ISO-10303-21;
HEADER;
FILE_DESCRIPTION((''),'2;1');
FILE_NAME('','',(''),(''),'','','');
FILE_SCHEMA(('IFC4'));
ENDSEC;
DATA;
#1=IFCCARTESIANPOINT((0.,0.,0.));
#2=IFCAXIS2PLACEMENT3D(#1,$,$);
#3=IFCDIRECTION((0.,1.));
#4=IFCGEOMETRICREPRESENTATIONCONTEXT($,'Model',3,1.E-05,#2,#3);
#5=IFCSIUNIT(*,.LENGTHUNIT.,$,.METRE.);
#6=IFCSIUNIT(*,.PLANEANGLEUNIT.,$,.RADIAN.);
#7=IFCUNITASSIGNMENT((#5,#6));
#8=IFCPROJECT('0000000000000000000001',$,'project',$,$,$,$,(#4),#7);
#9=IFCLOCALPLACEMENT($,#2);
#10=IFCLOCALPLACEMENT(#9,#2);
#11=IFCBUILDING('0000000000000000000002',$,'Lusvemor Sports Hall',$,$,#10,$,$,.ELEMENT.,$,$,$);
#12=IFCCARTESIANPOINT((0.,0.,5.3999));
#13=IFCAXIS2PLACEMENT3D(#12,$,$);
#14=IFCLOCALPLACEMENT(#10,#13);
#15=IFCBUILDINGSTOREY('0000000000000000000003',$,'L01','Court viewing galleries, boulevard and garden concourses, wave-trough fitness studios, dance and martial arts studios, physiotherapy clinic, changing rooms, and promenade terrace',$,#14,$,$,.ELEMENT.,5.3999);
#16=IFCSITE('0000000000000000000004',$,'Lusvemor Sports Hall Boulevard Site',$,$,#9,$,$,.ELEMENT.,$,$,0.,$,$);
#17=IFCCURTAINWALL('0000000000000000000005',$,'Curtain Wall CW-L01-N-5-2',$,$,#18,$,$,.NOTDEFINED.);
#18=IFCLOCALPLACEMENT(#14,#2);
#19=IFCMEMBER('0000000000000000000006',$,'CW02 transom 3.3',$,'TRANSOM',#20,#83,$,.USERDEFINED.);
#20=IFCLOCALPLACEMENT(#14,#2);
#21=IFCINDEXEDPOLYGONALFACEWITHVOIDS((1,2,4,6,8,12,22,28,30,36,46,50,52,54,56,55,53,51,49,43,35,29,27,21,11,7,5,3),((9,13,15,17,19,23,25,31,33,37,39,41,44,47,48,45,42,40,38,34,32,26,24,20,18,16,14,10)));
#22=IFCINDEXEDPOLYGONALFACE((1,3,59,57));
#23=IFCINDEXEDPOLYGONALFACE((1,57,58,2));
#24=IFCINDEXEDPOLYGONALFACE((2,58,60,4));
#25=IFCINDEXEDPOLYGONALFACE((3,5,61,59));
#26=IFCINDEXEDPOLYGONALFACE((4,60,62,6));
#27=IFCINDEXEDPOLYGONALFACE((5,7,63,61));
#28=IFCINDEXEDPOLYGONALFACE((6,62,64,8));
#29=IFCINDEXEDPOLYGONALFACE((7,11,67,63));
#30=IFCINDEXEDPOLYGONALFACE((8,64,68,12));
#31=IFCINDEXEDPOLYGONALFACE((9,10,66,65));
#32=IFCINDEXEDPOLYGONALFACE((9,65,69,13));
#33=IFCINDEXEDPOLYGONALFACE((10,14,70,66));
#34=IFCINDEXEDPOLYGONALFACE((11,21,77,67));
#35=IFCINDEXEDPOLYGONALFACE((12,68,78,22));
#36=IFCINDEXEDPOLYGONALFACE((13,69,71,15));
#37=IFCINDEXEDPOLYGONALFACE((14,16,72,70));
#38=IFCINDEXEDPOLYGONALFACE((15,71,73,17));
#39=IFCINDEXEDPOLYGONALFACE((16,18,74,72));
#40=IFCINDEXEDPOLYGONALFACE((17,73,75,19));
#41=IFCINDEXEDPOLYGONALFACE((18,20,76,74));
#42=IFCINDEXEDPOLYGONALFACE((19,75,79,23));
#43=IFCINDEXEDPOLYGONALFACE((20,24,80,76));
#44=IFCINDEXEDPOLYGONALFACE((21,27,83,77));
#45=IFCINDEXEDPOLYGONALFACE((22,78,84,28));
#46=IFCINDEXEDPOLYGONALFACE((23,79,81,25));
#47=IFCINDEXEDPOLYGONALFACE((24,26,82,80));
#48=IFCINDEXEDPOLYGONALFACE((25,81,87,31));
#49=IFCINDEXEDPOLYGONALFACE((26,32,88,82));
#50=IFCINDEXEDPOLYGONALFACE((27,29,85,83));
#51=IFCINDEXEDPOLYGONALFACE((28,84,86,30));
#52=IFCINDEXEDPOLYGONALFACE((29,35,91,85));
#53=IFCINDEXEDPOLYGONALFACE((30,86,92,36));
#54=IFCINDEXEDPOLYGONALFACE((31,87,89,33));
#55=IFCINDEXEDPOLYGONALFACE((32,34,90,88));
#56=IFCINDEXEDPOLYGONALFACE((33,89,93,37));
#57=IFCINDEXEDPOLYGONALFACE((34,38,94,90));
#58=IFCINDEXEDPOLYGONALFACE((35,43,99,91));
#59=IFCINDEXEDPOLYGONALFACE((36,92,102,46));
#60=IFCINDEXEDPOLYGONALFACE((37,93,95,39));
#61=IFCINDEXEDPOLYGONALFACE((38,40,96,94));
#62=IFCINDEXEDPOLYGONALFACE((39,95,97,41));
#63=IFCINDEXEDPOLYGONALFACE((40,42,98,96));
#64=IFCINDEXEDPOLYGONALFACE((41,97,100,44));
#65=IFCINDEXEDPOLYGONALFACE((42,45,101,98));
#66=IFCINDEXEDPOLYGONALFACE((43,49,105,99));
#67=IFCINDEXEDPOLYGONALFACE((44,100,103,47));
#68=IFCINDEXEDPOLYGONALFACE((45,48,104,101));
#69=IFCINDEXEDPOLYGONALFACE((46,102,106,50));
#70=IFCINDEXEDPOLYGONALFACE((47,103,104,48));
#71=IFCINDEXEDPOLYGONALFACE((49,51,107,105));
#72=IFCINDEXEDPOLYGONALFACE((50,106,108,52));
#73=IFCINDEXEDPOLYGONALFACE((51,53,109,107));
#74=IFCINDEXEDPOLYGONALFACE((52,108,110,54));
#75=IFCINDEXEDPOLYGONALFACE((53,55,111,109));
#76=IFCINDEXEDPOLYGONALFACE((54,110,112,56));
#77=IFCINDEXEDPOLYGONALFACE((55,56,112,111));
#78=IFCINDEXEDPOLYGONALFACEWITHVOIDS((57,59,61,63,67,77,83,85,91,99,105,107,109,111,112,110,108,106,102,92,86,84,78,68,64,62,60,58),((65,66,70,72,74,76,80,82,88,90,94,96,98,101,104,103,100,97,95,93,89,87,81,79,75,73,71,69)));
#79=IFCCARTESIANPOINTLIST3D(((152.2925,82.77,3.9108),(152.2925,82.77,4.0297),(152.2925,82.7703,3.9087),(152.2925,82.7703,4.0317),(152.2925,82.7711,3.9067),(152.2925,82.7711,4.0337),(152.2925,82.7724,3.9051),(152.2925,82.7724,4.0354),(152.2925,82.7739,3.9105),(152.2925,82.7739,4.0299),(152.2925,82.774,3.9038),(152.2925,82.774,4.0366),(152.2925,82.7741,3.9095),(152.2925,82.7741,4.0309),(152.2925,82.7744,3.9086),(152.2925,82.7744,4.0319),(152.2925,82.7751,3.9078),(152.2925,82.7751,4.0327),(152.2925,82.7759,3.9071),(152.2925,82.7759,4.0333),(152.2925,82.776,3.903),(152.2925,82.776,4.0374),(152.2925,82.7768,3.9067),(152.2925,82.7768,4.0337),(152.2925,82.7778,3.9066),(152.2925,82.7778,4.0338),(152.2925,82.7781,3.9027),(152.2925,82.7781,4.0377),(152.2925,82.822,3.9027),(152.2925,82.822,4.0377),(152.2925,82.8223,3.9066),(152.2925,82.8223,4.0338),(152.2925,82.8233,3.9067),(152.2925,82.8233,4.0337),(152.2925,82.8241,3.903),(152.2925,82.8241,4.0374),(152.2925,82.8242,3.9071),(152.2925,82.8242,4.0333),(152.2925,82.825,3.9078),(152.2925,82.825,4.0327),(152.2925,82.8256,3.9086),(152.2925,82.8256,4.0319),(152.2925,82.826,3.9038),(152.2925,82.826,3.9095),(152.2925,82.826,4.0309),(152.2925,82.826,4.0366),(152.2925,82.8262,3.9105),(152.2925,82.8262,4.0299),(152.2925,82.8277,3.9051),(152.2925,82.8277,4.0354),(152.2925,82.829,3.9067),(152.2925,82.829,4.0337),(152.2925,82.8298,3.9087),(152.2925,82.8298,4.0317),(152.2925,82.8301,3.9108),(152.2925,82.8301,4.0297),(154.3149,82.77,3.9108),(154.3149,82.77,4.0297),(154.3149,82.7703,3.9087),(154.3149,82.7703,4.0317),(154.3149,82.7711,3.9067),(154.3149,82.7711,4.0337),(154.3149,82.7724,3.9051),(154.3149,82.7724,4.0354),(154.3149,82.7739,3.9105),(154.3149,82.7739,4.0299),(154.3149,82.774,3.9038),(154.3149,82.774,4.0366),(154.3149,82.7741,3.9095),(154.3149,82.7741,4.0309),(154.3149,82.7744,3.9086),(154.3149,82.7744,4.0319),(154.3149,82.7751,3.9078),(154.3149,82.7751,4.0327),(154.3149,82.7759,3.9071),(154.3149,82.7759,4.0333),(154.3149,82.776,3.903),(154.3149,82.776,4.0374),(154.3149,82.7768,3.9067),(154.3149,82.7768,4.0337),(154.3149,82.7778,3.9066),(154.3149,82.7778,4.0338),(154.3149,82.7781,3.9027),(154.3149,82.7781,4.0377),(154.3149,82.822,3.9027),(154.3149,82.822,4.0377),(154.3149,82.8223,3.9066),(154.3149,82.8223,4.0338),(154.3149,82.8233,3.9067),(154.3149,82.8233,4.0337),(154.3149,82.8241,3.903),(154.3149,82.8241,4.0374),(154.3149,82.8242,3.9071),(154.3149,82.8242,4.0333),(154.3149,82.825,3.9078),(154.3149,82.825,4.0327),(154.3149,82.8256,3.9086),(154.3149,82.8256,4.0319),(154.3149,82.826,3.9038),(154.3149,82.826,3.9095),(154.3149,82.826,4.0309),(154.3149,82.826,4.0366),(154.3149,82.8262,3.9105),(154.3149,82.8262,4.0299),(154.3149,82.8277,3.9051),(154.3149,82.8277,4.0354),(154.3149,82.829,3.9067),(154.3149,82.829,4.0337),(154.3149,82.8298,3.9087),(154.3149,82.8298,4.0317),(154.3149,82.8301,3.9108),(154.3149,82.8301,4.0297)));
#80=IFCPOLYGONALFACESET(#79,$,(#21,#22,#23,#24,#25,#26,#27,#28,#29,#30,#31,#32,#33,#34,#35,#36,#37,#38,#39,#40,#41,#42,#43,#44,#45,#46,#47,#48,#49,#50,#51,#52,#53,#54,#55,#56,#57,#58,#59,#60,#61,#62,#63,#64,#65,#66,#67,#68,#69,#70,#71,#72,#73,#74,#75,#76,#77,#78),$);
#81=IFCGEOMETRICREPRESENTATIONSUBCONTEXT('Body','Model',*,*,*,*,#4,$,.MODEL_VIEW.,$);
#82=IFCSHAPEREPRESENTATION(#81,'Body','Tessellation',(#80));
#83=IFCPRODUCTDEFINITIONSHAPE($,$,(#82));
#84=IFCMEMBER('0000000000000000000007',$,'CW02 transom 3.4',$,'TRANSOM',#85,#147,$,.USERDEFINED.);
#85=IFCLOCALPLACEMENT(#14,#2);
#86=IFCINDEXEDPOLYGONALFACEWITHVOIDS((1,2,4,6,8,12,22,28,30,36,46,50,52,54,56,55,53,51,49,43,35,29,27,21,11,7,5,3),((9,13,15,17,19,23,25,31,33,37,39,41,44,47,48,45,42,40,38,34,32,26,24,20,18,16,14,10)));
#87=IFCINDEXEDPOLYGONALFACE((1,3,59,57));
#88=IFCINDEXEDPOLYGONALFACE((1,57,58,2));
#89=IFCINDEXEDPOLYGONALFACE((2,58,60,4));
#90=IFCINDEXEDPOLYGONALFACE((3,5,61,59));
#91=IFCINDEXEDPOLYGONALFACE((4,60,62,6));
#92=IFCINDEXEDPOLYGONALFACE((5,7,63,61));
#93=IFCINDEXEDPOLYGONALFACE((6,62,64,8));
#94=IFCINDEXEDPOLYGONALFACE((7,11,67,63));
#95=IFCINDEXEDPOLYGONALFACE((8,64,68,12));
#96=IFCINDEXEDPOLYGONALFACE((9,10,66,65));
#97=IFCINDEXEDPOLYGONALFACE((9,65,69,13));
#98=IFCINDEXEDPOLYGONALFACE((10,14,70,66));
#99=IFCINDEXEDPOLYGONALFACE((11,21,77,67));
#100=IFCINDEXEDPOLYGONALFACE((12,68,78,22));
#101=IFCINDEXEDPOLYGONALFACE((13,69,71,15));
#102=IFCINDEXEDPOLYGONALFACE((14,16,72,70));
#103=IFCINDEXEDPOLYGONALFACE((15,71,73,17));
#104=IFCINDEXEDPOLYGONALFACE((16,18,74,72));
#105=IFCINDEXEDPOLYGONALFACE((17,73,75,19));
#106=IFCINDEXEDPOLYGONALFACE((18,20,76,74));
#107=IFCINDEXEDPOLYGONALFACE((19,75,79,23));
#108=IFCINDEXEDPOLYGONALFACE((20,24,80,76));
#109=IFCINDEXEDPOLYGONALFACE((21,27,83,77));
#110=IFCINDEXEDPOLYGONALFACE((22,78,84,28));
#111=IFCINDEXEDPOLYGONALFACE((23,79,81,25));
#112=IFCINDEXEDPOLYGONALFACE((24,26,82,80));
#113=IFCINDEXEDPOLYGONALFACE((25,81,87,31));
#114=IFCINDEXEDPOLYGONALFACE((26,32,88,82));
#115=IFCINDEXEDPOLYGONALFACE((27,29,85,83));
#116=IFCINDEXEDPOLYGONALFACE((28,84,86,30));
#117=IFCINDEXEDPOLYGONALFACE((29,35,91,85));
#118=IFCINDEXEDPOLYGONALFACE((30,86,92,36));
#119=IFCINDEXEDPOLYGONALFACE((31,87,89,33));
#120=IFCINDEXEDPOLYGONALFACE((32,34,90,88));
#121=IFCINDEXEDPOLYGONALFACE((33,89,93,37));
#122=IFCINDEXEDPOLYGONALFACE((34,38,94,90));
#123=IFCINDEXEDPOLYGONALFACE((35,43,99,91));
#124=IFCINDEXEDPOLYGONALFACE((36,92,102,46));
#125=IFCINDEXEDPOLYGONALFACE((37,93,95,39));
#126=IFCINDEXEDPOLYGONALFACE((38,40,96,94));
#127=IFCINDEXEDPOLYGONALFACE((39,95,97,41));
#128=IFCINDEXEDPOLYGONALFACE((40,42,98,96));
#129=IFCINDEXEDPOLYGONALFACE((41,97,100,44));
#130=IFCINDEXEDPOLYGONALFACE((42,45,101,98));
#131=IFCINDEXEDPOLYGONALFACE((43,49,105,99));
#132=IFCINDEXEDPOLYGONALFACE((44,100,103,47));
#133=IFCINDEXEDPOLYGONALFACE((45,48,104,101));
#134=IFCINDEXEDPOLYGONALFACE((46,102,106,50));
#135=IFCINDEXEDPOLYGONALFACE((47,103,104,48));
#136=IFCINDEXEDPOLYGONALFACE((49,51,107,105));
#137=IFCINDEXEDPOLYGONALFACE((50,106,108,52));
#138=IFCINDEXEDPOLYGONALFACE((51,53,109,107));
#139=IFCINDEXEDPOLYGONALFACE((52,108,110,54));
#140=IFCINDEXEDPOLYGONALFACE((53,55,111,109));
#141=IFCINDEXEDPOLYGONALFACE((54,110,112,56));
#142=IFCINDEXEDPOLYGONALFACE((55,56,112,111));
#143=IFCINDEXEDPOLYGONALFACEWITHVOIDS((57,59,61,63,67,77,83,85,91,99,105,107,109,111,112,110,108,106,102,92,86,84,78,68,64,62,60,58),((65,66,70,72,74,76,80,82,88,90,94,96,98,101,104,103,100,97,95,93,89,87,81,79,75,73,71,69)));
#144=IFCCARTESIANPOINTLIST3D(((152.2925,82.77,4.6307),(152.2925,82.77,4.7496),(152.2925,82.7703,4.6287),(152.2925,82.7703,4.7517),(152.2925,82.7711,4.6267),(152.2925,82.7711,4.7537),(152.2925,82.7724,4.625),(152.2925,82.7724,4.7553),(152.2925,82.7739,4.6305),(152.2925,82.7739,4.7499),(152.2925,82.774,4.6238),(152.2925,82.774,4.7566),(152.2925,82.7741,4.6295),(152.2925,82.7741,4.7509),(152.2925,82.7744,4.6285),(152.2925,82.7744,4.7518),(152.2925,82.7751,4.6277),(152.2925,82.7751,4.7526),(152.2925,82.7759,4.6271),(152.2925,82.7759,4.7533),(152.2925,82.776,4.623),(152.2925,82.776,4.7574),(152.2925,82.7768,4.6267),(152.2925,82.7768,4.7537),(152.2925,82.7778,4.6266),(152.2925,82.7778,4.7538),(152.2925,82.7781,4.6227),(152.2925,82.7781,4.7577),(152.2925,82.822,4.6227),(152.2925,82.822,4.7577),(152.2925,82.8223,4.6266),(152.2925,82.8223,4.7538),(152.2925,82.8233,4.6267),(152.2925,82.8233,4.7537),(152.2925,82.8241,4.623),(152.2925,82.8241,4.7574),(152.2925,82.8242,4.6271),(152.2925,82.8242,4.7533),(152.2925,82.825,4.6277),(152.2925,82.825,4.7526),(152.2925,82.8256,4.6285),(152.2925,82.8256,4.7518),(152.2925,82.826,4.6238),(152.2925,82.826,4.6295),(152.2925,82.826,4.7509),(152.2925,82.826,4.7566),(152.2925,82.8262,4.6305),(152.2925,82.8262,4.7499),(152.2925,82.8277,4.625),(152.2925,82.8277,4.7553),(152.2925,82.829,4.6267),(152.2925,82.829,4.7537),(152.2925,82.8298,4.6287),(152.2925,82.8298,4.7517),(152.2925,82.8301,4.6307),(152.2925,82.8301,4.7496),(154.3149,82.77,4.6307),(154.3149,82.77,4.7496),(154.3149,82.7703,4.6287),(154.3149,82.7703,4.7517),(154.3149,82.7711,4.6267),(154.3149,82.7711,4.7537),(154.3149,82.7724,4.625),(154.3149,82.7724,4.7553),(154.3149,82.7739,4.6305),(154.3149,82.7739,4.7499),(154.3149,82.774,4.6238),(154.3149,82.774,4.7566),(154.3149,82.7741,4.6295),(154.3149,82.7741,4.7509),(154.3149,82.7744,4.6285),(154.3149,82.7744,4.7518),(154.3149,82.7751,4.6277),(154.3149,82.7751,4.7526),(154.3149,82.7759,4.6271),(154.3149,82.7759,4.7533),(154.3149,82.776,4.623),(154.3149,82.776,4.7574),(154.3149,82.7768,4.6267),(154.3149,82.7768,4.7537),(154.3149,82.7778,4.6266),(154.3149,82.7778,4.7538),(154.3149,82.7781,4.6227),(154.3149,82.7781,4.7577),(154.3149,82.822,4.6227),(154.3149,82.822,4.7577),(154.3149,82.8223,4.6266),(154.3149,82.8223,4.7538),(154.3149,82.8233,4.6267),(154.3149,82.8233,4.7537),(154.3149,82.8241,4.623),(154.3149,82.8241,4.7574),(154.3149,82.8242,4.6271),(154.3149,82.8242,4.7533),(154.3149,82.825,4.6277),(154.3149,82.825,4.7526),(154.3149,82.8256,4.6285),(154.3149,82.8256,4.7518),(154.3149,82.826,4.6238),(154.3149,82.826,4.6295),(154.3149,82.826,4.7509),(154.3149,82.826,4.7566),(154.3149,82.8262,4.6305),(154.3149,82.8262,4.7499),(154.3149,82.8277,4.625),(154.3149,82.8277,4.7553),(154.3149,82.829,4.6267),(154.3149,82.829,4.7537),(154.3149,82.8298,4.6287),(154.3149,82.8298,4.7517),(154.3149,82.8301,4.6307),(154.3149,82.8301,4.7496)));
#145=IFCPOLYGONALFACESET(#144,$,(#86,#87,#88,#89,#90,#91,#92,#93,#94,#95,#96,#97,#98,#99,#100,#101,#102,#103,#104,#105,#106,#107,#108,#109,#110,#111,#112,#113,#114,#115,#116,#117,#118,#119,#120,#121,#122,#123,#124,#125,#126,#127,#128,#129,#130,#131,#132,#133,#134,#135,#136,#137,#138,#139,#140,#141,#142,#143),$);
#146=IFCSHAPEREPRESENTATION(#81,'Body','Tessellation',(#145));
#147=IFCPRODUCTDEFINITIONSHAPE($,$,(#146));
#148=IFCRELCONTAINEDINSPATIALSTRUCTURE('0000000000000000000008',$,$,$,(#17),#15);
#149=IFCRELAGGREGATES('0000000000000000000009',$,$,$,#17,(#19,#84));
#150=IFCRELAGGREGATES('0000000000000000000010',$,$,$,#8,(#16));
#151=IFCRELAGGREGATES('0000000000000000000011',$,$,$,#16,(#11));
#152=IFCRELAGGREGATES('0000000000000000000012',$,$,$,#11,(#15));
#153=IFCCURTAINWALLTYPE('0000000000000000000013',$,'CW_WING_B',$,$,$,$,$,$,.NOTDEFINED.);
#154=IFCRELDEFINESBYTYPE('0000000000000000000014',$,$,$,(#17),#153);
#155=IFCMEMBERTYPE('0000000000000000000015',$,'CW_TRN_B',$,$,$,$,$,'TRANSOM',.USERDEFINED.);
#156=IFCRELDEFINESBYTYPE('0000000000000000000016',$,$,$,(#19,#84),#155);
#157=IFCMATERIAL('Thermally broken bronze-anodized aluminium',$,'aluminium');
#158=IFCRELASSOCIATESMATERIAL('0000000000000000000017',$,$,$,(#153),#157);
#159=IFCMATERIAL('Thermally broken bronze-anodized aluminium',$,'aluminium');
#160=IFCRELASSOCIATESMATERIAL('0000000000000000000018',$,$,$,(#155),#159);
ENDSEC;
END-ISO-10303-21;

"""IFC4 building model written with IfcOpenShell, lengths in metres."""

from ifc_helpers import new_model, si_unit, direction, frame, origin, origin_2d, place, context, subcontext, project, spatial, hollow_rectangle, extrude, material, material_profile, profile_set, type_object, element, aggregate, save


model = new_model("IFC4")

# Units and contexts
model_context = context("Model", 3, precision=1e-05, world=origin(), true_north=direction((0.0, 1.0)))
body_context = subcontext(model_context, "Body", "Model", "MODEL_VIEW")
ifc_project = project(units=[si_unit("LENGTHUNIT", "METRE"), si_unit("PLANEANGLEUNIT", "RADIAN")], contexts=[model_context])

# Site, building, storey
site_placement = place(None, origin())
site = spatial("IfcSite", under=ifc_project, at=site_placement, Name="Lusvemor Sports Hall Boulevard Site", CompositionType="ELEMENT", RefElevation=0.0)
building_placement = place(site_placement, origin())
building = spatial("IfcBuilding", under=site, at=building_placement, Name="Lusvemor Sports Hall", CompositionType="ELEMENT")
storey_placement = place(building_placement, frame((0.0, 0.0, 5.3999)))
storey = spatial("IfcBuildingStorey", under=building, at=storey_placement, Name="L01", Description="Court viewing galleries, boulevard and garden concourses, wave-trough fitness studios, dance and martial arts studios, physiotherapy clinic, changing rooms, and promenade terrace", CompositionType="ELEMENT", Elevation=5.3999)

# Curtain wall
ifc_material_1 = material(Name="Thermally broken bronze-anodized aluminium", Category="aluminium")
curtain_wall_type = type_object("IfcCurtainWallType", Name="CW_WING_B", PredefinedType="NOTDEFINED", material=ifc_material_1)
curtain_wall_1_placement = place(storey_placement, origin())
curtain_wall_1 = element("IfcCurtainWall", 1, at=curtain_wall_1_placement, inside=storey, type_object=curtain_wall_type, Name="Curtain Wall CW-L01-N-5-2", PredefinedType="NOTDEFINED")

# Members
ifc_material_2 = material(Name="Thermally broken bronze-anodized aluminium", Category="aluminium")
ifc_material_profile_1 = material_profile(ifc_material_2, hollow_rectangle(XDim=0.0601, YDim=0.135, WallThickness=0.0039, InnerFilletRadius=0.0039, OuterFilletRadius=0.0081, at=origin_2d()), Name="CWTRN135x60x4")
ifc_profile_set_1 = profile_set([ifc_material_profile_1], Name="Thermally broken bronze-anodized aluminium")
member_type_1 = type_object("IfcMemberType", Name="CW_TRN_B", ElementType="TRANSOM", PredefinedType="USERDEFINED", material=ifc_profile_set_1)
member_1_placement = place(storey_placement, frame((152.2925, 82.8, 3.9702), z_axis=(1.0, 0.0, 0.0), x_axis=(0.0, 1.0, 0.0)))
member_1 = element("IfcMember", 2, at=member_1_placement, type_object=member_type_1, Name="CW02 transom 3.3", ObjectType="TRANSOM", PredefinedType="USERDEFINED", context=body_context, shape_type="SweptSolid", body=[
    extrude(hollow_rectangle(XDim=0.0601, YDim=0.135, WallThickness=0.0039, InnerFilletRadius=0.0039, OuterFilletRadius=0.0081, at=origin_2d()), origin(), (0.0, 0.0, 1.0), 2.0225),
])
member_2_placement = place(storey_placement, frame((152.2925, 82.8, 4.6902), z_axis=(1.0, 0.0, 0.0), x_axis=(0.0, 1.0, 0.0)))
member_2 = element("IfcMember", 3, at=member_2_placement, type_object=member_type_1, Name="CW02 transom 3.4", ObjectType="TRANSOM", PredefinedType="USERDEFINED", context=body_context, shape_type="SweptSolid", body=[
    extrude(hollow_rectangle(XDim=0.0601, YDim=0.135, WallThickness=0.0039, InnerFilletRadius=0.0039, OuterFilletRadius=0.0081, at=origin_2d()), origin(), (0.0, 0.0, 1.0), 2.0225),
])

aggregate(curtain_wall_1, [member_1, member_2])

save(model, "model.ifc")
